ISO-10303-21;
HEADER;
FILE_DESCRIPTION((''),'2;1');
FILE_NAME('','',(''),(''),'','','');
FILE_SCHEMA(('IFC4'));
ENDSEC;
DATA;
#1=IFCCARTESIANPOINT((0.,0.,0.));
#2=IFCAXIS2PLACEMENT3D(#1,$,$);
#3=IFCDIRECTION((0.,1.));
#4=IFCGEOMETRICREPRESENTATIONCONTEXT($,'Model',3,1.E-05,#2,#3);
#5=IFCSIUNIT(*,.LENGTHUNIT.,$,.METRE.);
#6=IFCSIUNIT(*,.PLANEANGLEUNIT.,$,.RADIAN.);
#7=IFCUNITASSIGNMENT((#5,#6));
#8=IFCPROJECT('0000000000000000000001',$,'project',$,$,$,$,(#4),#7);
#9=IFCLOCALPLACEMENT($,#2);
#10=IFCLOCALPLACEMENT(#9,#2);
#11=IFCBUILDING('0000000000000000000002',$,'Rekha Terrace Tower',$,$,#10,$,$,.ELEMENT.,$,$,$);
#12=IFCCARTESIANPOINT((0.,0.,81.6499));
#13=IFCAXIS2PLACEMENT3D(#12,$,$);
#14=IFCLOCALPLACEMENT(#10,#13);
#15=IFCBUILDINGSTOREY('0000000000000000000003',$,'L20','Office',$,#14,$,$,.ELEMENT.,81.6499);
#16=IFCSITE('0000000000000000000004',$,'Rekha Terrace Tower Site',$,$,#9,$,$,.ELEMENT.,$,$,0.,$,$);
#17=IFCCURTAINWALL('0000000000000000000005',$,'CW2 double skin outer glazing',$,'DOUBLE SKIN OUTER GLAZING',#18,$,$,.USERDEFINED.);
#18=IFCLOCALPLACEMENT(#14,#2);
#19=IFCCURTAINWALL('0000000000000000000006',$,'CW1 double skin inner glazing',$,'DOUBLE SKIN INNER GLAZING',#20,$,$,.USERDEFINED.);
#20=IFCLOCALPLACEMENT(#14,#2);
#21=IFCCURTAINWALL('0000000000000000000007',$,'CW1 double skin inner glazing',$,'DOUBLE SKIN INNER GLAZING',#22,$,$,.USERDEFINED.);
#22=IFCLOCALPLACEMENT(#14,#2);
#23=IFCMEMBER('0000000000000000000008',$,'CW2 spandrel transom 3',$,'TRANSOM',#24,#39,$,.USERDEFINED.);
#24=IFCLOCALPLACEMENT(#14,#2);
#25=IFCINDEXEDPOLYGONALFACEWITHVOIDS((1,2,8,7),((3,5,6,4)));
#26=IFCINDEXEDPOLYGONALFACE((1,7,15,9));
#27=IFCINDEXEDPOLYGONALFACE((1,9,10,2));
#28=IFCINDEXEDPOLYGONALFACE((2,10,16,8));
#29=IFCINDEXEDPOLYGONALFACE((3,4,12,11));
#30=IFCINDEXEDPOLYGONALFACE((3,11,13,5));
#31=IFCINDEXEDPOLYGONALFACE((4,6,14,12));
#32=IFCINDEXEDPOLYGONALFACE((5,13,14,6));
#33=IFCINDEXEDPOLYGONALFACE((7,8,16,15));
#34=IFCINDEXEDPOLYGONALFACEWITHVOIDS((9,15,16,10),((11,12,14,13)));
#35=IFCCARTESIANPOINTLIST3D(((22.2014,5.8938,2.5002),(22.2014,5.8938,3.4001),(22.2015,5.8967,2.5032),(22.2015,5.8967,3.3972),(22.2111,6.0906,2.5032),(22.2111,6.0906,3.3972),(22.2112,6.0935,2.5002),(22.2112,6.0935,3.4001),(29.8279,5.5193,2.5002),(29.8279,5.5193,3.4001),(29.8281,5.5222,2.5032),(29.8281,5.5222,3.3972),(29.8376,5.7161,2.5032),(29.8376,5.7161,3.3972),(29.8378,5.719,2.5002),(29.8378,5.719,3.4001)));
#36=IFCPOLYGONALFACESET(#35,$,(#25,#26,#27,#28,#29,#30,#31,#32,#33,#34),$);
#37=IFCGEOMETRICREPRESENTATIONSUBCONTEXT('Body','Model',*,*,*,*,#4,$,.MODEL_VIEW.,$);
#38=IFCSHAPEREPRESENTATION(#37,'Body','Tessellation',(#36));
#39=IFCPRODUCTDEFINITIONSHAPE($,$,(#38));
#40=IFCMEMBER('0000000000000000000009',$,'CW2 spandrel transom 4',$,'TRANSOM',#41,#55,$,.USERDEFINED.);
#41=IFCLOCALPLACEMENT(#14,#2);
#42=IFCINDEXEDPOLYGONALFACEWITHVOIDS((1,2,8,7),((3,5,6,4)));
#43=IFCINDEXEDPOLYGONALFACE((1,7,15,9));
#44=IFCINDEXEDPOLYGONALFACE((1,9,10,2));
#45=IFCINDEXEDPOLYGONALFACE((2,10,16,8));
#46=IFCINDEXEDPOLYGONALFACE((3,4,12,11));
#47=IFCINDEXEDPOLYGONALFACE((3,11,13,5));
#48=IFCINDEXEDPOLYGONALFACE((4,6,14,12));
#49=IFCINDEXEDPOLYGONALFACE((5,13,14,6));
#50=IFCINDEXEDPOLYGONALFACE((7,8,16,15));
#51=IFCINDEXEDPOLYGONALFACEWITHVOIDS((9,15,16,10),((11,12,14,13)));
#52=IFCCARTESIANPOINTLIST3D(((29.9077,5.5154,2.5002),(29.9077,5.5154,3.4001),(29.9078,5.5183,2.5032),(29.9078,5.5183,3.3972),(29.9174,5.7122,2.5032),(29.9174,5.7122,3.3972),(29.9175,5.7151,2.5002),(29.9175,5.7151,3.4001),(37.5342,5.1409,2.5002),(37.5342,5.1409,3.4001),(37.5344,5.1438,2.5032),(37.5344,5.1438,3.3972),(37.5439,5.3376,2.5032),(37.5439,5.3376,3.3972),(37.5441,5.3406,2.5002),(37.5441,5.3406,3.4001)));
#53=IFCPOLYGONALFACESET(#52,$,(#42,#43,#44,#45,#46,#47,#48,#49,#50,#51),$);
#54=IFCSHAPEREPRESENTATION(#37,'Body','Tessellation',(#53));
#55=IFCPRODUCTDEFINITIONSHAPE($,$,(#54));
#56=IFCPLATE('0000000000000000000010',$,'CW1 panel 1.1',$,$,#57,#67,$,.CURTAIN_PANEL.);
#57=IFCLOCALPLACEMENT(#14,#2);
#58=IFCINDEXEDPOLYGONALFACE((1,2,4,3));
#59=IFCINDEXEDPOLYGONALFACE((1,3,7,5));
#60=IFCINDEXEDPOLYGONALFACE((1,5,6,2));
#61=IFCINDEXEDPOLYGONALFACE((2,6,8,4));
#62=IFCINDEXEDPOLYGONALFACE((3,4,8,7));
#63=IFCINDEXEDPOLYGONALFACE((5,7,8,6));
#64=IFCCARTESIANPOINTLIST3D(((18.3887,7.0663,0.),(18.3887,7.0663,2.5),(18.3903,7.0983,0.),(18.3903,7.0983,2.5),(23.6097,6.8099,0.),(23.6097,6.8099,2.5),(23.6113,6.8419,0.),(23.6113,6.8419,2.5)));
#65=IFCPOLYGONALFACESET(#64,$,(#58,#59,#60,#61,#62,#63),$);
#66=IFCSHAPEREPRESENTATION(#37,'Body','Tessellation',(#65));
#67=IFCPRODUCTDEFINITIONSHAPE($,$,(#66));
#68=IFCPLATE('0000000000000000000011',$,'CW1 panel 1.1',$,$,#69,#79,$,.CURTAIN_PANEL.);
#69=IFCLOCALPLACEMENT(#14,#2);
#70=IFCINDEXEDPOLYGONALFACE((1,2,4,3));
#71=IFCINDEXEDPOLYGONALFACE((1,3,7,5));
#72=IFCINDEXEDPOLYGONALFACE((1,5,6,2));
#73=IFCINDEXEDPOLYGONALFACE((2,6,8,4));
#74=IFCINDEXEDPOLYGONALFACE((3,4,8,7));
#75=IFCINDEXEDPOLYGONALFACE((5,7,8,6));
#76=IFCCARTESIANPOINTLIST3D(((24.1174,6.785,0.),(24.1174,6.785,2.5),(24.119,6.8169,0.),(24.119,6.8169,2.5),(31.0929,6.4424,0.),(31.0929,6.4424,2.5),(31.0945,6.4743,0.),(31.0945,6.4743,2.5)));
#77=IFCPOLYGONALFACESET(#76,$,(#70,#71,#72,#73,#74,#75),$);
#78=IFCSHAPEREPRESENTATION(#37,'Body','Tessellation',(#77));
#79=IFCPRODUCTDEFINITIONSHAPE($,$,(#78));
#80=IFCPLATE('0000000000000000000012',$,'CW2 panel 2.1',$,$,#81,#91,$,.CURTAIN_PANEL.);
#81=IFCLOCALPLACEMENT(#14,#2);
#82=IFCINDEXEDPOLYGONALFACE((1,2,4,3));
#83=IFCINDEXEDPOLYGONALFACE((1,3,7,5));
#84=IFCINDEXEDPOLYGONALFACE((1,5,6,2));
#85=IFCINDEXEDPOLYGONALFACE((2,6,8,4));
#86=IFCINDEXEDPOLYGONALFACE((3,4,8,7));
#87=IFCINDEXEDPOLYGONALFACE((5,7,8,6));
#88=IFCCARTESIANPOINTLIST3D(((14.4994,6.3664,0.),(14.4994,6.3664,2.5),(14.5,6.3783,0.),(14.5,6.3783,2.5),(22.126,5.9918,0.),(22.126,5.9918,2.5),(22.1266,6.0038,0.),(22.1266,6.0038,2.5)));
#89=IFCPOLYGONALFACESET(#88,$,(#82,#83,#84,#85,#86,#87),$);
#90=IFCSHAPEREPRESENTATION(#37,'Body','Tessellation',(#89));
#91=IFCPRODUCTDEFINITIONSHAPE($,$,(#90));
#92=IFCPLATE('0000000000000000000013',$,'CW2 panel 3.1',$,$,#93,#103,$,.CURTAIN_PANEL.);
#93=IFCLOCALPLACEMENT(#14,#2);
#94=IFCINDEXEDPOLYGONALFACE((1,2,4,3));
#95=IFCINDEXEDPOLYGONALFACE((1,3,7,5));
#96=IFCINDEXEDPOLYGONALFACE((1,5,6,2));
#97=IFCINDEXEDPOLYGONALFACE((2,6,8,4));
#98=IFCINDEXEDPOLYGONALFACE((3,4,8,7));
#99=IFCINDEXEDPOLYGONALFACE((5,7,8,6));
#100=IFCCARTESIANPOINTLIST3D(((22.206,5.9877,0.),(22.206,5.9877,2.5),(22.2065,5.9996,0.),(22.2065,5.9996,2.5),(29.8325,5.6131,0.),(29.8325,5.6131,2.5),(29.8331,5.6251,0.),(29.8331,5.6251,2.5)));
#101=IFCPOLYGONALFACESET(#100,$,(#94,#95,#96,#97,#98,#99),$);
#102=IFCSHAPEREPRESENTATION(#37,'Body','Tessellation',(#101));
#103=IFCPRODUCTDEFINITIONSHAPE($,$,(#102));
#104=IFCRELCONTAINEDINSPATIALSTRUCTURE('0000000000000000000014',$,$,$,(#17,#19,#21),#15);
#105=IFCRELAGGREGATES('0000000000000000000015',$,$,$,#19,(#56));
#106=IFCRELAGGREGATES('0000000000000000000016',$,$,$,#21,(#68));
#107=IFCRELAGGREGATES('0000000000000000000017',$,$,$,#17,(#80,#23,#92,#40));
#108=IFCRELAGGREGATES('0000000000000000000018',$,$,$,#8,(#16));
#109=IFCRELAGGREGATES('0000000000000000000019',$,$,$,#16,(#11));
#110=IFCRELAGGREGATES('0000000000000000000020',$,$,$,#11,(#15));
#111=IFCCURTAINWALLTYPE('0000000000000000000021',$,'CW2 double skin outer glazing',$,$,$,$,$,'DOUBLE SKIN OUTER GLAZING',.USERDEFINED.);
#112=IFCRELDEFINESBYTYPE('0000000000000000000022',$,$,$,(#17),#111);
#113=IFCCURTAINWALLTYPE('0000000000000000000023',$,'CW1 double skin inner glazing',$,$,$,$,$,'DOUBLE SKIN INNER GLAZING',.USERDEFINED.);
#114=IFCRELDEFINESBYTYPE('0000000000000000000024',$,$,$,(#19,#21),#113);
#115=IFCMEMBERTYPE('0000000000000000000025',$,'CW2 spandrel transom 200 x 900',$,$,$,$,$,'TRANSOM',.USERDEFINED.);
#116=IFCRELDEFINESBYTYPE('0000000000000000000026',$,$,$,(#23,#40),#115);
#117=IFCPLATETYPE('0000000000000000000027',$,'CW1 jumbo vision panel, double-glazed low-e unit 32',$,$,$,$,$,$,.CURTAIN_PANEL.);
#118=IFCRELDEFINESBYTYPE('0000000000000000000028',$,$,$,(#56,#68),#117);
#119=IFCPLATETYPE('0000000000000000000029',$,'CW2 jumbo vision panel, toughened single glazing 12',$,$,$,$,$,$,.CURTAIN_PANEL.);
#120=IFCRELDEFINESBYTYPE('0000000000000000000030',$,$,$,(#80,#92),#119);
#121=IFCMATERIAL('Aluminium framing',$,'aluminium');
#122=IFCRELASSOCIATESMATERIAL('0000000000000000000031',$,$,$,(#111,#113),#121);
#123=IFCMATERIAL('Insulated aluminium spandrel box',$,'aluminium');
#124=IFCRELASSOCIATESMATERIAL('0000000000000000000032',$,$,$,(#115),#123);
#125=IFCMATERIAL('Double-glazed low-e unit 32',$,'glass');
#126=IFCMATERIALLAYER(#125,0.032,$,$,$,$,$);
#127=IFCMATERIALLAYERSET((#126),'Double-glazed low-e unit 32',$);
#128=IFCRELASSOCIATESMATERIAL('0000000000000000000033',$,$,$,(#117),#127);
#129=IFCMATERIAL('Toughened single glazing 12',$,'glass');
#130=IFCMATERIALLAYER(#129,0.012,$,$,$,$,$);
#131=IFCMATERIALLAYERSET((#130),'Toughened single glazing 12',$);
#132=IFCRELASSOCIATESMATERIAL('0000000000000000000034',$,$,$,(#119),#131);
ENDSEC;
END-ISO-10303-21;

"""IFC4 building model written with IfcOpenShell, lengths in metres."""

from ifc_helpers import new_model, si_unit, direction, frame, origin, origin_2d, place, context, subcontext, project, spatial, rectangle, hollow_rectangle, extrude, material, layer, layer_set, material_profile, profile_set, type_object, element, aggregate, save


model = new_model("IFC4")

# Units and contexts
model_context = context("Model", 3, precision=1e-05, world=origin(), true_north=direction((0.0, 1.0)))
body_context = subcontext(model_context, "Body", "Model", "MODEL_VIEW")
ifc_project = project(units=[si_unit("LENGTHUNIT", "METRE"), si_unit("PLANEANGLEUNIT", "RADIAN")], contexts=[model_context])

# Site, building, storey
site_placement = place(None, origin())
site = spatial("IfcSite", under=ifc_project, at=site_placement, Name="Rekha Terrace Tower Site", CompositionType="ELEMENT", RefElevation=0.0)
building_placement = place(site_placement, origin())
building = spatial("IfcBuilding", under=site, at=building_placement, Name="Rekha Terrace Tower", CompositionType="ELEMENT")
storey_placement = place(building_placement, frame((0.0, 0.0, 81.6499)))
storey = spatial("IfcBuildingStorey", under=building, at=storey_placement, Name="L20", Description="Office", CompositionType="ELEMENT", Elevation=81.6499)

# Curtain wall
ifc_material_1 = material(Name="Aluminium framing", Category="aluminium")
curtain_wall_type_1 = type_object("IfcCurtainWallType", Name="CW2 double skin outer glazing", ElementType="DOUBLE SKIN OUTER GLAZING", PredefinedType="USERDEFINED", material=ifc_material_1)
curtain_wall_1_placement = place(storey_placement, origin())
curtain_wall_1 = element("IfcCurtainWall", 1, at=curtain_wall_1_placement, inside=storey, type_object=curtain_wall_type_1, Name="CW2 double skin outer glazing", ObjectType="DOUBLE SKIN OUTER GLAZING", PredefinedType="USERDEFINED")

# Curtain wall
curtain_wall_type_2 = type_object("IfcCurtainWallType", Name="CW1 double skin inner glazing", ElementType="DOUBLE SKIN INNER GLAZING", PredefinedType="USERDEFINED", material=ifc_material_1)
curtain_wall_2_placement = place(storey_placement, origin())
curtain_wall_2 = element("IfcCurtainWall", 2, at=curtain_wall_2_placement, inside=storey, type_object=curtain_wall_type_2, Name="CW1 double skin inner glazing", ObjectType="DOUBLE SKIN INNER GLAZING", PredefinedType="USERDEFINED")

# Curtain wall
curtain_wall_3_placement = place(storey_placement, origin())
curtain_wall_3 = element("IfcCurtainWall", 3, at=curtain_wall_3_placement, inside=storey, type_object=curtain_wall_type_2, Name="CW1 double skin inner glazing", ObjectType="DOUBLE SKIN INNER GLAZING", PredefinedType="USERDEFINED")

# Members
ifc_material_2 = material(Name="Insulated aluminium spandrel box", Category="aluminium")
ifc_material_profile_1 = material_profile(ifc_material_2, hollow_rectangle(XDim=0.2, YDim=0.8999, WallThickness=0.0029, at=origin_2d()), Name="AL SPANDREL BOX 200x900")
ifc_profile_set_1 = profile_set([ifc_material_profile_1], Name="Insulated aluminium spandrel box")
member_type_1 = type_object("IfcMemberType", Name="CW2 spandrel transom 200 x 900", ElementType="TRANSOM", PredefinedType="USERDEFINED", material=ifc_profile_set_1)
member_1_placement = place(storey_placement, frame((22.2063, 5.9937, 2.9502), z_axis=(0.998796, -0.049048, 0.0), x_axis=(0.049048, 0.998796, 0.0)))
member_1 = element("IfcMember", 4, at=member_1_placement, type_object=member_type_1, Name="CW2 spandrel transom 3", ObjectType="TRANSOM", PredefinedType="USERDEFINED", context=body_context, shape_type="SweptSolid", body=[
    extrude(hollow_rectangle(XDim=0.2, YDim=0.8999, WallThickness=0.0029, at=origin_2d()), origin(), (0.0, 0.0, 1.0), 7.6357),
])
member_2_placement = place(storey_placement, frame((29.9126, 5.6152, 2.9502), z_axis=(0.998796, -0.049048, 0.0), x_axis=(0.049048, 0.998796, 0.0)))
member_2 = element("IfcMember", 5, at=member_2_placement, type_object=member_type_1, Name="CW2 spandrel transom 4", ObjectType="TRANSOM", PredefinedType="USERDEFINED", context=body_context, shape_type="SweptSolid", body=[
    extrude(hollow_rectangle(XDim=0.2, YDim=0.8999, WallThickness=0.0029, at=origin_2d()), origin(), (0.0, 0.0, 1.0), 7.6357),
])

# Plates
ifc_material_3 = material(Name="Double-glazed low-e unit 32", Category="glass")
ifc_layer_1 = layer(ifc_material_3, 0.032)
ifc_layer_set_1 = layer_set([ifc_layer_1], Name="Double-glazed low-e unit 32")
plate_type_1 = type_object("IfcPlateType", Name="CW1 jumbo vision panel, double-glazed low-e unit 32", PredefinedType="CURTAIN_PANEL", material=ifc_layer_set_1)
plate_1_placement = place(storey_placement, frame((21.0, 6.9541, 0.0), z_axis=(0.0, 0.0, 1.0), x_axis=(0.998796, -0.049052, 0.0)))
plate_1 = element("IfcPlate", 6, at=plate_1_placement, type_object=plate_type_1, Name="CW1 panel 1.1", PredefinedType="CURTAIN_PANEL", context=body_context, shape_type="SweptSolid", body=[
    extrude(rectangle(XDim=5.2273, YDim=0.032, at=origin_2d()), origin(), (0.0, 0.0, 1.0), 2.5),
])
aggregate(curtain_wall_2, [plate_1])
plate_2_placement = place(storey_placement, frame((27.606, 6.6296, 0.0), z_axis=(0.0, 0.0, 1.0), x_axis=(0.998796, -0.049052, 0.0)))
plate_2 = element("IfcPlate", 7, at=plate_2_placement, type_object=plate_type_1, Name="CW1 panel 1.1", PredefinedType="CURTAIN_PANEL", context=body_context, shape_type="SweptSolid", body=[
    extrude(rectangle(XDim=6.9839, YDim=0.032, at=origin_2d()), origin(), (0.0, 0.0, 1.0), 2.5),
])
aggregate(curtain_wall_3, [plate_2])
ifc_material_4 = material(Name="Toughened single glazing 12", Category="glass")
ifc_layer_2 = layer(ifc_material_4, 0.012)
ifc_layer_set_2 = layer_set([ifc_layer_2], Name="Toughened single glazing 12")
plate_type_2 = type_object("IfcPlateType", Name="CW2 jumbo vision panel, toughened single glazing 12", PredefinedType="CURTAIN_PANEL", material=ifc_layer_set_2)
plate_3_placement = place(storey_placement, frame((18.313, 6.1851, 0.0), z_axis=(0.0, 0.0, 1.0), x_axis=(0.998796, -0.049052, 0.0)))
plate_3 = element("IfcPlate", 8, at=plate_3_placement, type_object=plate_type_2, Name="CW2 panel 2.1", PredefinedType="CURTAIN_PANEL", context=body_context, shape_type="SweptSolid", body=[
    extrude(rectangle(XDim=7.6357, YDim=0.012, at=origin_2d()), origin(), (0.0, 0.0, 1.0), 2.5),
])
plate_4_placement = place(storey_placement, frame((26.0195, 5.8064, 0.0), z_axis=(0.0, 0.0, 1.0), x_axis=(0.998796, -0.049052, 0.0)))
plate_4 = element("IfcPlate", 9, at=plate_4_placement, type_object=plate_type_2, Name="CW2 panel 3.1", PredefinedType="CURTAIN_PANEL", context=body_context, shape_type="SweptSolid", body=[
    extrude(rectangle(XDim=7.6357, YDim=0.012, at=origin_2d()), origin(), (0.0, 0.0, 1.0), 2.5),
])
aggregate(curtain_wall_1, [plate_3, member_1, plate_4, member_2])

save(model, "model.ifc")
